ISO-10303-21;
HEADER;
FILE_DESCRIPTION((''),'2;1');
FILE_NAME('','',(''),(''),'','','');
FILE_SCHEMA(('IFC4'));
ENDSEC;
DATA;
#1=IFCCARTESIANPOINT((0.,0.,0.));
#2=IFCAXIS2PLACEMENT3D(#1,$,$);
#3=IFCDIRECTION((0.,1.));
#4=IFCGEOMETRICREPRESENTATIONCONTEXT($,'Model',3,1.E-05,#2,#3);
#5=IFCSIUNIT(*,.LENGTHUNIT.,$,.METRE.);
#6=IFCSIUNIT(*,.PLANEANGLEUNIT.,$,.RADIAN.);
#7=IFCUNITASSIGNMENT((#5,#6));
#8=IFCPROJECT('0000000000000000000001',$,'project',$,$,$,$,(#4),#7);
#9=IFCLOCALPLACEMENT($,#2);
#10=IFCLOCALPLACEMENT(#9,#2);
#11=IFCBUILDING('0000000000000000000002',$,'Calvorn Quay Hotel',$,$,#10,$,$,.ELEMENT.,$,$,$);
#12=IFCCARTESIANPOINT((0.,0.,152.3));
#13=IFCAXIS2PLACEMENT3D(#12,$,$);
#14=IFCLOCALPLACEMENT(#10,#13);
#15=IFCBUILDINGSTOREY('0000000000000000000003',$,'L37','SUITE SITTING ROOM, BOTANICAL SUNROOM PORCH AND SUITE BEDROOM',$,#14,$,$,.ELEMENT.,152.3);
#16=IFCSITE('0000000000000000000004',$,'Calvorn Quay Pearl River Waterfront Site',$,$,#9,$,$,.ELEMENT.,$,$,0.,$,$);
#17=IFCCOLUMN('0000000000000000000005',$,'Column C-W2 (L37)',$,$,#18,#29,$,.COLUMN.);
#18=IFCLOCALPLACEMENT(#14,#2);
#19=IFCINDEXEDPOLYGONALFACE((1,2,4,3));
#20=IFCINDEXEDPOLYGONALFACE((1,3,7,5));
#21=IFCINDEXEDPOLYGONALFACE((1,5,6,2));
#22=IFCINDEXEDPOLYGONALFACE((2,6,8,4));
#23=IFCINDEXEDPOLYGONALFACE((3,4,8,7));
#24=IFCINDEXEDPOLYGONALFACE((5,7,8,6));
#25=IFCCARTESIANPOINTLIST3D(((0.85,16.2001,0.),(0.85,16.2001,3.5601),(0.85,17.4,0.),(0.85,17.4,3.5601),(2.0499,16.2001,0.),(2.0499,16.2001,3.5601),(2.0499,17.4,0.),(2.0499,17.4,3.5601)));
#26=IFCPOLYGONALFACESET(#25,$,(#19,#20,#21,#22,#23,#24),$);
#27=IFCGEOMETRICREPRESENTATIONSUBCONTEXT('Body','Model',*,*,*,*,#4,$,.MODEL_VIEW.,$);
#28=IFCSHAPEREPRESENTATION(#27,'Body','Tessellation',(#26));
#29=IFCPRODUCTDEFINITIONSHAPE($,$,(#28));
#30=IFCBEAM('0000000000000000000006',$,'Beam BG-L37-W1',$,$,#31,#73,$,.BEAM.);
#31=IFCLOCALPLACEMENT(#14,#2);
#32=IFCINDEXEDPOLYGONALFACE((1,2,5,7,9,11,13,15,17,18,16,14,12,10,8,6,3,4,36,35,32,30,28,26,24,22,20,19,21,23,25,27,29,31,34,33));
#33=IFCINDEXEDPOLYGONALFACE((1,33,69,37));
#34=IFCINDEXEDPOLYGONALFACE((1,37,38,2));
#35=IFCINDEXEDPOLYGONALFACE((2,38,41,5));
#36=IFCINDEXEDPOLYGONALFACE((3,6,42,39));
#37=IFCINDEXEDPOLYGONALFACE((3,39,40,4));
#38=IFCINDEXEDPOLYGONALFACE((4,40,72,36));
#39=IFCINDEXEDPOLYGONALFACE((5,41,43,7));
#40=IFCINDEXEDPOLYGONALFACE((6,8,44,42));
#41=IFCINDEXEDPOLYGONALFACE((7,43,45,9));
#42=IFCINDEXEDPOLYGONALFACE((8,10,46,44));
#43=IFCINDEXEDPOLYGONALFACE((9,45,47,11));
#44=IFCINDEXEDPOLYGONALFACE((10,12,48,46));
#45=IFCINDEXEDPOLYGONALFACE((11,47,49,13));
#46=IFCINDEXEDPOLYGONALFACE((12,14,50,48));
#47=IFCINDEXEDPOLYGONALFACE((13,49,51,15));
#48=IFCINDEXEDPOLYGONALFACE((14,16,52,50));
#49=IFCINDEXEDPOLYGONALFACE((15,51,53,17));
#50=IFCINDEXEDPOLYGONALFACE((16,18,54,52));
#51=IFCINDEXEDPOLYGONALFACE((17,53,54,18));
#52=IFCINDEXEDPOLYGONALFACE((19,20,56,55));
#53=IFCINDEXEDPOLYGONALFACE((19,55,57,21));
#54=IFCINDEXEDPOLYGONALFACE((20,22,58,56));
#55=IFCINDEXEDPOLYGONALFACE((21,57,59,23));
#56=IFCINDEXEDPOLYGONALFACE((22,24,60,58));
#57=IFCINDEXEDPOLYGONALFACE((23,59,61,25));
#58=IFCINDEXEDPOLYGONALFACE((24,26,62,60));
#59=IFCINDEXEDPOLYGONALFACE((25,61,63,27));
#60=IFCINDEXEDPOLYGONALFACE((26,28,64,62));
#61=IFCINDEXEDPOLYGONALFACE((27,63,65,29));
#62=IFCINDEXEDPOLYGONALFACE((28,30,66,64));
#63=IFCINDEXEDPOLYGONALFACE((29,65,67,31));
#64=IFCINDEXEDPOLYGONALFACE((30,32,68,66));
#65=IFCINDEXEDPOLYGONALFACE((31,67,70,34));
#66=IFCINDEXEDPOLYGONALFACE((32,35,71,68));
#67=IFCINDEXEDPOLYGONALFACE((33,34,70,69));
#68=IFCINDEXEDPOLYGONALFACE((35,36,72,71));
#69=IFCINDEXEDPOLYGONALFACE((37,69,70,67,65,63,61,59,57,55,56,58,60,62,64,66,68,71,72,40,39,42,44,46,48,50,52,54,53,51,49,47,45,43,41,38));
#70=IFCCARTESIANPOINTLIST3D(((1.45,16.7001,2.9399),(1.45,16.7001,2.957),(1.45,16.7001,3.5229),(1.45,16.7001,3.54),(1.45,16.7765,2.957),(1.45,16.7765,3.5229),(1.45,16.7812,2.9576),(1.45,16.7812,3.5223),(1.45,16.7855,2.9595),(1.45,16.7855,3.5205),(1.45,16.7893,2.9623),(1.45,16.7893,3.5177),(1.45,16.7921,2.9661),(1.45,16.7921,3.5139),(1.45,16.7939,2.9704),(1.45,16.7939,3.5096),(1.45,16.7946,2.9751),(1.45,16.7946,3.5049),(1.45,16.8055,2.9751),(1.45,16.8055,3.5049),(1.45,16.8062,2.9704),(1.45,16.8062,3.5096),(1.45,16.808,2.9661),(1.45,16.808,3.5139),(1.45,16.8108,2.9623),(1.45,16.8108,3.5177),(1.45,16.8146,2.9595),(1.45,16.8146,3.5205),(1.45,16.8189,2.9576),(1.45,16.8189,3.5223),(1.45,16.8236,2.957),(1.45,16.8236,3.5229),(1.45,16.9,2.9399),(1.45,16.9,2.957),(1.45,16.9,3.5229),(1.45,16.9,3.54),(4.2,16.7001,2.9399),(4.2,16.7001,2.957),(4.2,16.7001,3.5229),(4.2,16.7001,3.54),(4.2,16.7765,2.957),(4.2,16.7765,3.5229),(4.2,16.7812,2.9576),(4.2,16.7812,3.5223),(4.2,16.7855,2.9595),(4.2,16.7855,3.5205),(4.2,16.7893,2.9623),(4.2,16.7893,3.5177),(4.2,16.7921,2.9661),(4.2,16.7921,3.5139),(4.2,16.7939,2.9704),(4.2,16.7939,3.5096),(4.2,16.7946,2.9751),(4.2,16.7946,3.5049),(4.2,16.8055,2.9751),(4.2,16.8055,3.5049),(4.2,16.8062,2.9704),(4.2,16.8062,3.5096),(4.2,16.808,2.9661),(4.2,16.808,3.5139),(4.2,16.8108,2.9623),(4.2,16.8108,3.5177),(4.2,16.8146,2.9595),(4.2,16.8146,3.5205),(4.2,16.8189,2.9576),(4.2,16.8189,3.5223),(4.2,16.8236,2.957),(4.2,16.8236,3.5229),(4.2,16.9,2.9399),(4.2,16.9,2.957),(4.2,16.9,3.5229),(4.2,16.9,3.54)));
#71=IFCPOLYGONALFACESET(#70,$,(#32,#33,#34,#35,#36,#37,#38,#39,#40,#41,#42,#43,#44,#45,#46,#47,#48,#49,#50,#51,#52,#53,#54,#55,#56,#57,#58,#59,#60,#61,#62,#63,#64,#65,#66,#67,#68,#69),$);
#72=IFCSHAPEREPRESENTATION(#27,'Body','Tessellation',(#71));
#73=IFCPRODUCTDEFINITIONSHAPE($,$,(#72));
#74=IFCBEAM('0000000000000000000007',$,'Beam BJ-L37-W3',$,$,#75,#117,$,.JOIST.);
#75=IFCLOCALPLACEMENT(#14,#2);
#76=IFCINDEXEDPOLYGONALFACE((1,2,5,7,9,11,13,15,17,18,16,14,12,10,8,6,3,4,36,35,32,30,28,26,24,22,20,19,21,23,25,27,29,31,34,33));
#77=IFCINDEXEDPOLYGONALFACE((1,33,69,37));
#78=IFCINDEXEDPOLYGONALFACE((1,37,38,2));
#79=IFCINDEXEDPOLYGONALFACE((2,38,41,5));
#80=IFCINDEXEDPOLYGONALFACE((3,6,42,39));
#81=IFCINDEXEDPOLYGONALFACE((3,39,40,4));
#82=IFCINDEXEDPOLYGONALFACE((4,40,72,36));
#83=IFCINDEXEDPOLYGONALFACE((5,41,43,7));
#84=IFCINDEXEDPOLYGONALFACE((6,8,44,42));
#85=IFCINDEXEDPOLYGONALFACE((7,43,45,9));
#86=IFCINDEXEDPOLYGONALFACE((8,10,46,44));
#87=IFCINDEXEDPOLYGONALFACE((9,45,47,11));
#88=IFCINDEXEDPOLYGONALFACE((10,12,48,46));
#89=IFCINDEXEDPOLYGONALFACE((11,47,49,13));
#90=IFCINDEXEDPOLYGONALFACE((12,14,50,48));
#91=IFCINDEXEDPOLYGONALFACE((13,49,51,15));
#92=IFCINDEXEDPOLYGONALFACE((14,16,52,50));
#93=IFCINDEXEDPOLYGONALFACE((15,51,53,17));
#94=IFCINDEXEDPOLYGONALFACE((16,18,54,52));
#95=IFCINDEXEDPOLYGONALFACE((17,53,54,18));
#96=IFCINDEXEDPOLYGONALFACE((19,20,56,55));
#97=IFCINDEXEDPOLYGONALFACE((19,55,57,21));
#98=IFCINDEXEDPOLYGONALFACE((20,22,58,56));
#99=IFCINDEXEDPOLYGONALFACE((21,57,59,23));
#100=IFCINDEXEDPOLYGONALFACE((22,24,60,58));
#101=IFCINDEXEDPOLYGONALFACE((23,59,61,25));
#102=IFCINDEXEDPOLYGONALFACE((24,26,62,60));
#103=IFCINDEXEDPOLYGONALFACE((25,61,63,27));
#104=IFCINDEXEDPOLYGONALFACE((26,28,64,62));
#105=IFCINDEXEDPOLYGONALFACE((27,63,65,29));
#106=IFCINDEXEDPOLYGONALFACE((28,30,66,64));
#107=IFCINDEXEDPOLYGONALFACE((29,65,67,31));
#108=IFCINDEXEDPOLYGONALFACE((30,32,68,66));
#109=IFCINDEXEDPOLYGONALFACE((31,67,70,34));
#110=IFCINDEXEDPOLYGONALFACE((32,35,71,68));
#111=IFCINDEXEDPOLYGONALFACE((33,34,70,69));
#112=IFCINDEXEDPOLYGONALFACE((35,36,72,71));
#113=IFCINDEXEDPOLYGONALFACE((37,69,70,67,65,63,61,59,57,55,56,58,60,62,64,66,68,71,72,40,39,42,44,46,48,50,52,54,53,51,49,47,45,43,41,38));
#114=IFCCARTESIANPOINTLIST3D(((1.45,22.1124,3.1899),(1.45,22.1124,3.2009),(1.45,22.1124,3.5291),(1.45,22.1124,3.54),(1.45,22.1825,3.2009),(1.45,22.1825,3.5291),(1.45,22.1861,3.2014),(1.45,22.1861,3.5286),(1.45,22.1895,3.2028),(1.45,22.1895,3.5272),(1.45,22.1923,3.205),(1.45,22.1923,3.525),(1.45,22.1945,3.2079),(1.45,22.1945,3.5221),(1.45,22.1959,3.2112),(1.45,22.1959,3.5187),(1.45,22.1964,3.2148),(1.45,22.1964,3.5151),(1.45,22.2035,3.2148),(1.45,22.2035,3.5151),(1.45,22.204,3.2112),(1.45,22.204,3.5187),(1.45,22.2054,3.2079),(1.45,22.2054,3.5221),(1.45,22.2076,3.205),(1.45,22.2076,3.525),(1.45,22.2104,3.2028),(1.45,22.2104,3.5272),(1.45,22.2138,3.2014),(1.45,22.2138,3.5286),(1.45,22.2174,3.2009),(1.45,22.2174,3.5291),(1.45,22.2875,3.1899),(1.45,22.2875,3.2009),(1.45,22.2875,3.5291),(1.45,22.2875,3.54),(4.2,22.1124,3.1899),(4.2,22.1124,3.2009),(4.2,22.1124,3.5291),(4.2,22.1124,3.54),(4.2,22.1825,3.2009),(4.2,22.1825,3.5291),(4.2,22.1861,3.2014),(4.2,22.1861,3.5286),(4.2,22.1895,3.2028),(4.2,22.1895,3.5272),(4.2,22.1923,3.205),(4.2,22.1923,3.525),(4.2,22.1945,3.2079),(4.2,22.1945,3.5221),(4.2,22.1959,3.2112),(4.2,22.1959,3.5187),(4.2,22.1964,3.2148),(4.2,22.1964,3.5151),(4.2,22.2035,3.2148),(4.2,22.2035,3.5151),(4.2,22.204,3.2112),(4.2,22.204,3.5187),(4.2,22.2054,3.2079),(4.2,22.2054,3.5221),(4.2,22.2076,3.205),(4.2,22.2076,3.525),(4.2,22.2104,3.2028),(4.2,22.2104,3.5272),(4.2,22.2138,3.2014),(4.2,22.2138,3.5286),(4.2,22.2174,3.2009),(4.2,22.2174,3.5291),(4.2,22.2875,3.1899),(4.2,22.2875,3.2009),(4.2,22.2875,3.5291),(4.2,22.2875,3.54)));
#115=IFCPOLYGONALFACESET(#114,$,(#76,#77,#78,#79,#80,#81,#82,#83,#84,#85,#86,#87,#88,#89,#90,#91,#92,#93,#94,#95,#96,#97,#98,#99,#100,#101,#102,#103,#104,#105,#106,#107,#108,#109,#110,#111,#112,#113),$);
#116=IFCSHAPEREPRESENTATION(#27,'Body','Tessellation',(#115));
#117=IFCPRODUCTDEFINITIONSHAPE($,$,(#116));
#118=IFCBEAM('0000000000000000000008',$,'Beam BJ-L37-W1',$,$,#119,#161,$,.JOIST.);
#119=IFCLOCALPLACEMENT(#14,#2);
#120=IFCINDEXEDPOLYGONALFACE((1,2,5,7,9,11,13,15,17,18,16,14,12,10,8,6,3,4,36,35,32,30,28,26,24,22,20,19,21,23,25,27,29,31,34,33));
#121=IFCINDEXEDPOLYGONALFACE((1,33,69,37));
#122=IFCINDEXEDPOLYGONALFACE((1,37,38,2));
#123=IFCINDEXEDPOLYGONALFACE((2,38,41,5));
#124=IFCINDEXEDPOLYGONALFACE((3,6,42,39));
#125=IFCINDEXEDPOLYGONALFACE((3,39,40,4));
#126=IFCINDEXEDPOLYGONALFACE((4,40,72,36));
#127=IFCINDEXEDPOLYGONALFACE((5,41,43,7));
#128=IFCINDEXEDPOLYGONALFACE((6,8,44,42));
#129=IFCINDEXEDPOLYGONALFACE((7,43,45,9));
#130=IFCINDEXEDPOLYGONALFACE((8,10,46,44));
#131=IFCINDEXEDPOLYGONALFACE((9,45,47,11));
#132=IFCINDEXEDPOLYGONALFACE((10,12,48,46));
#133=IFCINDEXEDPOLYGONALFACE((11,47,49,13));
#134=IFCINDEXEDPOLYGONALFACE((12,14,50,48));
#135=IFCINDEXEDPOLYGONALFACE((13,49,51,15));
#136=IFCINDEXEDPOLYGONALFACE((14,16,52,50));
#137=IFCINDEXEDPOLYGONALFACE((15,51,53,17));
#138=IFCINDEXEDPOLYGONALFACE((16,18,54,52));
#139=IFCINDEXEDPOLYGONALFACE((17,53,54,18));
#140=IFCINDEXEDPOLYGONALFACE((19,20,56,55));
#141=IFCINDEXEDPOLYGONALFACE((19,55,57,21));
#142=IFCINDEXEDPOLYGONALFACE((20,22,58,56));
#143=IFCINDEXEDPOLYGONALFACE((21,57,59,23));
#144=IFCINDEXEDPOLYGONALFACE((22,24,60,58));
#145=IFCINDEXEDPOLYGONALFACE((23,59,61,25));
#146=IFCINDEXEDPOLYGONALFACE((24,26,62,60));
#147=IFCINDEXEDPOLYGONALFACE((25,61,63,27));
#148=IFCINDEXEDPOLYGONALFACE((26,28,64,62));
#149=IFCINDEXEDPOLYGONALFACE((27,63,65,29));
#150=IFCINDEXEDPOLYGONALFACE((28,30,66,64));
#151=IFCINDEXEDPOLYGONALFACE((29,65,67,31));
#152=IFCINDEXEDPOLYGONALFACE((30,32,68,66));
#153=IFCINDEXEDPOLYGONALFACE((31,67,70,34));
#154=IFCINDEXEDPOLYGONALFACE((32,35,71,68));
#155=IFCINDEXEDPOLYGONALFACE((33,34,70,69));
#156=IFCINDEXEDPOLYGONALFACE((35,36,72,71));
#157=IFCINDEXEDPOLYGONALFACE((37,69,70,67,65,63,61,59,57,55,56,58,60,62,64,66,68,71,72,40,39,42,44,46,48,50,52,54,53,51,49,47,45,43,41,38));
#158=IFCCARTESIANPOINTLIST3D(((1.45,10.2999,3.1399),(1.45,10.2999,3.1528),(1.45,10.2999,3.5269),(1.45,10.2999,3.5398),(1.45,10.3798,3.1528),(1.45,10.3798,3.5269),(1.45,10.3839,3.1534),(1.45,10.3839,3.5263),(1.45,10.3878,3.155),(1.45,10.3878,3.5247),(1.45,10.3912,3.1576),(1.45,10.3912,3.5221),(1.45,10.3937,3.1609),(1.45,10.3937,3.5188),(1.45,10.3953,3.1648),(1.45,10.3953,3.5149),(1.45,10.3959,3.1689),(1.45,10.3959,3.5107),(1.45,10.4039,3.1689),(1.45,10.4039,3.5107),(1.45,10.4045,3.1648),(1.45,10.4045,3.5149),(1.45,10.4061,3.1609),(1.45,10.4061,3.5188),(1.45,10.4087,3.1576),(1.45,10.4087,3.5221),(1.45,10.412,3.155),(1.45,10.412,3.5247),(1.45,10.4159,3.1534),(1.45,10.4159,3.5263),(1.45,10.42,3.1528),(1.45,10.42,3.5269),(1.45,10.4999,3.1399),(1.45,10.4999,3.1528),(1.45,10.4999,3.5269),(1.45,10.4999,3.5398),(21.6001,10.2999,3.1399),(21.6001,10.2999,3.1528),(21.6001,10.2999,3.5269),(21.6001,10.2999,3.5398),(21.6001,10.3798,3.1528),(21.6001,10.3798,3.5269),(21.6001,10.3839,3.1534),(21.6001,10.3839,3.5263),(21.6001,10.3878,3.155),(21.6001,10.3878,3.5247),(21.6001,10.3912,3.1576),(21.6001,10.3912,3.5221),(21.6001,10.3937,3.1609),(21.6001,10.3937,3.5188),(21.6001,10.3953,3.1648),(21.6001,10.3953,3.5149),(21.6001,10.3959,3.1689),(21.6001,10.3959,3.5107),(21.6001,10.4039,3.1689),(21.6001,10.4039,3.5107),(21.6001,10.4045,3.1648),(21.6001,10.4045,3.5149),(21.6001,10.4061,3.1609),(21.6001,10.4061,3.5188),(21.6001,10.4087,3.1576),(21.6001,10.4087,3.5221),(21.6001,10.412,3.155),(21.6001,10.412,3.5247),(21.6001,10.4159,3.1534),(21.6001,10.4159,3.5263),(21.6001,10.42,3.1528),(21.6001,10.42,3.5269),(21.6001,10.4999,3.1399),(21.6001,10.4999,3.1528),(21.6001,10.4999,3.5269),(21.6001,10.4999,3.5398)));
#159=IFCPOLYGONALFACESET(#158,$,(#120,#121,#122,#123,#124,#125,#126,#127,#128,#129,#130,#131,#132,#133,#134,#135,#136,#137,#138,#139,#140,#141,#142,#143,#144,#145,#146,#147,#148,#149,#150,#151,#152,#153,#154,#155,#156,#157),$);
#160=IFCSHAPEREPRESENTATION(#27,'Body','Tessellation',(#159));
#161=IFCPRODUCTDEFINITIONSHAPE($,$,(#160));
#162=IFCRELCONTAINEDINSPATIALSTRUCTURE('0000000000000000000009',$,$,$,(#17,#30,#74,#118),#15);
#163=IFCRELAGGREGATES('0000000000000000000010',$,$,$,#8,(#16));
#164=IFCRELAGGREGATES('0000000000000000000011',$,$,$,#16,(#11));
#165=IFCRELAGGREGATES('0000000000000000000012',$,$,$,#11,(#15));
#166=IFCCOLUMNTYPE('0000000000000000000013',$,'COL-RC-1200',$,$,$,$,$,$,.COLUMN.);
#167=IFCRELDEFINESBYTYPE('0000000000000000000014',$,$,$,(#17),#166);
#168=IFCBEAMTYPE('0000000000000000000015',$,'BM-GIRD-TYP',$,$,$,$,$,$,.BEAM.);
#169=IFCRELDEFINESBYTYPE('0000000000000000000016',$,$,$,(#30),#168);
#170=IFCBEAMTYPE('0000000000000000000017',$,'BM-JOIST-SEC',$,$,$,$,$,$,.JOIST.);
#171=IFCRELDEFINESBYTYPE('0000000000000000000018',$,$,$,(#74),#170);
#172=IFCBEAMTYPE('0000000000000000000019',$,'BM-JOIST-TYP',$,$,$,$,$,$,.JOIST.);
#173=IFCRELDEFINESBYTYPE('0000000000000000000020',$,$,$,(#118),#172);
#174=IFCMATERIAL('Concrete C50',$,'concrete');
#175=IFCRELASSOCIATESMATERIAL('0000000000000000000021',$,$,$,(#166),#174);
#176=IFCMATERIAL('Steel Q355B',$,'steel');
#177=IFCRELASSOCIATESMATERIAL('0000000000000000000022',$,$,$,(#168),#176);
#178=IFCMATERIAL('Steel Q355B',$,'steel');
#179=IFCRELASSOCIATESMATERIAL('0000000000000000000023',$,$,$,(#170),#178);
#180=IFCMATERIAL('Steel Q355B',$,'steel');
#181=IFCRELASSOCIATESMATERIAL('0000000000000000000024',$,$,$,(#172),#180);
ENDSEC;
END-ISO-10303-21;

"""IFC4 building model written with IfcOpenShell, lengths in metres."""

from ifc_helpers import new_model, si_unit, direction, frame, origin, origin_2d, place, context, subcontext, project, spatial, rectangle, i_section, extrude, material, material_profile, profile_set, type_object, element, save


model = new_model("IFC4")

# Units and contexts
model_context = context("Model", 3, precision=1e-05, world=origin(), true_north=direction((0.0, 1.0)))
body_context = subcontext(model_context, "Body", "Model", "MODEL_VIEW")
ifc_project = project(units=[si_unit("LENGTHUNIT", "METRE"), si_unit("PLANEANGLEUNIT", "RADIAN")], contexts=[model_context])

# Site, building, storey
site_placement = place(None, origin())
site = spatial("IfcSite", under=ifc_project, at=site_placement, Name="Calvorn Quay Pearl River Waterfront Site", CompositionType="ELEMENT", RefElevation=0.0)
building_placement = place(site_placement, origin())
building = spatial("IfcBuilding", under=site, at=building_placement, Name="Calvorn Quay Hotel", CompositionType="ELEMENT")
storey_placement = place(building_placement, frame((0.0, 0.0, 152.3)))
storey = spatial("IfcBuildingStorey", under=building, at=storey_placement, Name="L37", Description="SUITE SITTING ROOM, BOTANICAL SUNROOM PORCH AND SUITE BEDROOM", CompositionType="ELEMENT", Elevation=152.3)

# Column
ifc_material_1 = material(Name="Concrete C50", Category="concrete")
ifc_material_profile_1 = material_profile(ifc_material_1, rectangle(XDim=1.2, YDim=1.2, at=origin_2d()), Name="RC1200x1200")
ifc_profile_set_1 = profile_set([ifc_material_profile_1], Name="Concrete C50")
column_type = type_object("IfcColumnType", Name="COL-RC-1200", PredefinedType="COLUMN", material=ifc_profile_set_1)
column_placement = place(storey_placement, frame((1.45, 16.8, 0.0), z_axis=(0.0, 0.0, 1.0), x_axis=(1.0, 0.0, 0.0)))
element("IfcColumn", 1, at=column_placement, inside=storey, type_object=column_type, Name="Column C-W2 (L37)", PredefinedType="COLUMN", context=body_context, shape_type="SweptSolid", body=[
    extrude(rectangle(XDim=1.2, YDim=1.2, at=origin_2d()), origin(), (0.0, 0.0, 1.0), 3.5601),
])

# Beams
ifc_material_2 = material(Name="Steel Q355B", Category="steel")
ifc_material_profile_2 = material_profile(ifc_material_2, i_section(OverallWidth=0.2, OverallDepth=0.6001, WebThickness=0.011, FlangeThickness=0.0171, FilletRadius=0.0181, at=origin_2d()), Name="HN600x200x11x17")
ifc_profile_set_2 = profile_set([ifc_material_profile_2], Name="Steel Q355B")
beam_type_1 = type_object("IfcBeamType", Name="BM-GIRD-TYP", PredefinedType="BEAM", material=ifc_profile_set_2)
beam_1_placement = place(storey_placement, frame((1.45, 16.8, 3.24), z_axis=(1.0, 0.0, 0.0), x_axis=(0.0, 1.0, 0.0)))
element("IfcBeam", 2, at=beam_1_placement, inside=storey, type_object=beam_type_1, Name="Beam BG-L37-W1", PredefinedType="BEAM", context=body_context, shape_type="SweptSolid", body=[
    extrude(i_section(OverallWidth=0.2, OverallDepth=0.6001, WebThickness=0.011, FlangeThickness=0.0171, FilletRadius=0.0181, at=origin_2d()), origin(), (0.0, 0.0, 1.0), 2.75),
])
ifc_material_3 = material(Name="Steel Q355B", Category="steel")
ifc_material_profile_3 = material_profile(ifc_material_3, i_section(OverallWidth=0.175, OverallDepth=0.3501, WebThickness=0.0071, FlangeThickness=0.011, FilletRadius=0.0139, at=origin_2d()), Name="HN350x175x7x11")
ifc_profile_set_3 = profile_set([ifc_material_profile_3], Name="Steel Q355B")
beam_type_2 = type_object("IfcBeamType", Name="BM-JOIST-SEC", PredefinedType="JOIST", material=ifc_profile_set_3)
beam_2_placement = place(storey_placement, frame((1.45, 22.2, 3.365), z_axis=(1.0, 0.0, 0.0), x_axis=(0.0, 1.0, 0.0)))
element("IfcBeam", 3, at=beam_2_placement, inside=storey, type_object=beam_type_2, Name="Beam BJ-L37-W3", PredefinedType="JOIST", context=body_context, shape_type="SweptSolid", body=[
    extrude(i_section(OverallWidth=0.175, OverallDepth=0.3501, WebThickness=0.0071, FlangeThickness=0.011, FilletRadius=0.0139, at=origin_2d()), origin(), (0.0, 0.0, 1.0), 2.75),
])
ifc_material_4 = material(Name="Steel Q355B", Category="steel")
ifc_material_profile_4 = material_profile(ifc_material_4, i_section(OverallWidth=0.2, OverallDepth=0.3999, WebThickness=0.0081, FlangeThickness=0.0129, FilletRadius=0.0161, at=origin_2d()), Name="HN400x200x8x13")
ifc_profile_set_4 = profile_set([ifc_material_profile_4], Name="Steel Q355B")
beam_type_3 = type_object("IfcBeamType", Name="BM-JOIST-TYP", PredefinedType="JOIST", material=ifc_profile_set_4)
beam_3_placement = place(storey_placement, frame((1.45, 10.3999, 3.3398), z_axis=(1.0, 0.0, 0.0), x_axis=(0.0, 1.0, 0.0)))
element("IfcBeam", 4, at=beam_3_placement, inside=storey, type_object=beam_type_3, Name="Beam BJ-L37-W1", PredefinedType="JOIST", context=body_context, shape_type="SweptSolid", body=[
    extrude(i_section(OverallWidth=0.2, OverallDepth=0.3999, WebThickness=0.0081, FlangeThickness=0.0129, FilletRadius=0.0161, at=origin_2d()), origin(), (0.0, 0.0, 1.0), 20.1501),
])

save(model, "model.ifc")
